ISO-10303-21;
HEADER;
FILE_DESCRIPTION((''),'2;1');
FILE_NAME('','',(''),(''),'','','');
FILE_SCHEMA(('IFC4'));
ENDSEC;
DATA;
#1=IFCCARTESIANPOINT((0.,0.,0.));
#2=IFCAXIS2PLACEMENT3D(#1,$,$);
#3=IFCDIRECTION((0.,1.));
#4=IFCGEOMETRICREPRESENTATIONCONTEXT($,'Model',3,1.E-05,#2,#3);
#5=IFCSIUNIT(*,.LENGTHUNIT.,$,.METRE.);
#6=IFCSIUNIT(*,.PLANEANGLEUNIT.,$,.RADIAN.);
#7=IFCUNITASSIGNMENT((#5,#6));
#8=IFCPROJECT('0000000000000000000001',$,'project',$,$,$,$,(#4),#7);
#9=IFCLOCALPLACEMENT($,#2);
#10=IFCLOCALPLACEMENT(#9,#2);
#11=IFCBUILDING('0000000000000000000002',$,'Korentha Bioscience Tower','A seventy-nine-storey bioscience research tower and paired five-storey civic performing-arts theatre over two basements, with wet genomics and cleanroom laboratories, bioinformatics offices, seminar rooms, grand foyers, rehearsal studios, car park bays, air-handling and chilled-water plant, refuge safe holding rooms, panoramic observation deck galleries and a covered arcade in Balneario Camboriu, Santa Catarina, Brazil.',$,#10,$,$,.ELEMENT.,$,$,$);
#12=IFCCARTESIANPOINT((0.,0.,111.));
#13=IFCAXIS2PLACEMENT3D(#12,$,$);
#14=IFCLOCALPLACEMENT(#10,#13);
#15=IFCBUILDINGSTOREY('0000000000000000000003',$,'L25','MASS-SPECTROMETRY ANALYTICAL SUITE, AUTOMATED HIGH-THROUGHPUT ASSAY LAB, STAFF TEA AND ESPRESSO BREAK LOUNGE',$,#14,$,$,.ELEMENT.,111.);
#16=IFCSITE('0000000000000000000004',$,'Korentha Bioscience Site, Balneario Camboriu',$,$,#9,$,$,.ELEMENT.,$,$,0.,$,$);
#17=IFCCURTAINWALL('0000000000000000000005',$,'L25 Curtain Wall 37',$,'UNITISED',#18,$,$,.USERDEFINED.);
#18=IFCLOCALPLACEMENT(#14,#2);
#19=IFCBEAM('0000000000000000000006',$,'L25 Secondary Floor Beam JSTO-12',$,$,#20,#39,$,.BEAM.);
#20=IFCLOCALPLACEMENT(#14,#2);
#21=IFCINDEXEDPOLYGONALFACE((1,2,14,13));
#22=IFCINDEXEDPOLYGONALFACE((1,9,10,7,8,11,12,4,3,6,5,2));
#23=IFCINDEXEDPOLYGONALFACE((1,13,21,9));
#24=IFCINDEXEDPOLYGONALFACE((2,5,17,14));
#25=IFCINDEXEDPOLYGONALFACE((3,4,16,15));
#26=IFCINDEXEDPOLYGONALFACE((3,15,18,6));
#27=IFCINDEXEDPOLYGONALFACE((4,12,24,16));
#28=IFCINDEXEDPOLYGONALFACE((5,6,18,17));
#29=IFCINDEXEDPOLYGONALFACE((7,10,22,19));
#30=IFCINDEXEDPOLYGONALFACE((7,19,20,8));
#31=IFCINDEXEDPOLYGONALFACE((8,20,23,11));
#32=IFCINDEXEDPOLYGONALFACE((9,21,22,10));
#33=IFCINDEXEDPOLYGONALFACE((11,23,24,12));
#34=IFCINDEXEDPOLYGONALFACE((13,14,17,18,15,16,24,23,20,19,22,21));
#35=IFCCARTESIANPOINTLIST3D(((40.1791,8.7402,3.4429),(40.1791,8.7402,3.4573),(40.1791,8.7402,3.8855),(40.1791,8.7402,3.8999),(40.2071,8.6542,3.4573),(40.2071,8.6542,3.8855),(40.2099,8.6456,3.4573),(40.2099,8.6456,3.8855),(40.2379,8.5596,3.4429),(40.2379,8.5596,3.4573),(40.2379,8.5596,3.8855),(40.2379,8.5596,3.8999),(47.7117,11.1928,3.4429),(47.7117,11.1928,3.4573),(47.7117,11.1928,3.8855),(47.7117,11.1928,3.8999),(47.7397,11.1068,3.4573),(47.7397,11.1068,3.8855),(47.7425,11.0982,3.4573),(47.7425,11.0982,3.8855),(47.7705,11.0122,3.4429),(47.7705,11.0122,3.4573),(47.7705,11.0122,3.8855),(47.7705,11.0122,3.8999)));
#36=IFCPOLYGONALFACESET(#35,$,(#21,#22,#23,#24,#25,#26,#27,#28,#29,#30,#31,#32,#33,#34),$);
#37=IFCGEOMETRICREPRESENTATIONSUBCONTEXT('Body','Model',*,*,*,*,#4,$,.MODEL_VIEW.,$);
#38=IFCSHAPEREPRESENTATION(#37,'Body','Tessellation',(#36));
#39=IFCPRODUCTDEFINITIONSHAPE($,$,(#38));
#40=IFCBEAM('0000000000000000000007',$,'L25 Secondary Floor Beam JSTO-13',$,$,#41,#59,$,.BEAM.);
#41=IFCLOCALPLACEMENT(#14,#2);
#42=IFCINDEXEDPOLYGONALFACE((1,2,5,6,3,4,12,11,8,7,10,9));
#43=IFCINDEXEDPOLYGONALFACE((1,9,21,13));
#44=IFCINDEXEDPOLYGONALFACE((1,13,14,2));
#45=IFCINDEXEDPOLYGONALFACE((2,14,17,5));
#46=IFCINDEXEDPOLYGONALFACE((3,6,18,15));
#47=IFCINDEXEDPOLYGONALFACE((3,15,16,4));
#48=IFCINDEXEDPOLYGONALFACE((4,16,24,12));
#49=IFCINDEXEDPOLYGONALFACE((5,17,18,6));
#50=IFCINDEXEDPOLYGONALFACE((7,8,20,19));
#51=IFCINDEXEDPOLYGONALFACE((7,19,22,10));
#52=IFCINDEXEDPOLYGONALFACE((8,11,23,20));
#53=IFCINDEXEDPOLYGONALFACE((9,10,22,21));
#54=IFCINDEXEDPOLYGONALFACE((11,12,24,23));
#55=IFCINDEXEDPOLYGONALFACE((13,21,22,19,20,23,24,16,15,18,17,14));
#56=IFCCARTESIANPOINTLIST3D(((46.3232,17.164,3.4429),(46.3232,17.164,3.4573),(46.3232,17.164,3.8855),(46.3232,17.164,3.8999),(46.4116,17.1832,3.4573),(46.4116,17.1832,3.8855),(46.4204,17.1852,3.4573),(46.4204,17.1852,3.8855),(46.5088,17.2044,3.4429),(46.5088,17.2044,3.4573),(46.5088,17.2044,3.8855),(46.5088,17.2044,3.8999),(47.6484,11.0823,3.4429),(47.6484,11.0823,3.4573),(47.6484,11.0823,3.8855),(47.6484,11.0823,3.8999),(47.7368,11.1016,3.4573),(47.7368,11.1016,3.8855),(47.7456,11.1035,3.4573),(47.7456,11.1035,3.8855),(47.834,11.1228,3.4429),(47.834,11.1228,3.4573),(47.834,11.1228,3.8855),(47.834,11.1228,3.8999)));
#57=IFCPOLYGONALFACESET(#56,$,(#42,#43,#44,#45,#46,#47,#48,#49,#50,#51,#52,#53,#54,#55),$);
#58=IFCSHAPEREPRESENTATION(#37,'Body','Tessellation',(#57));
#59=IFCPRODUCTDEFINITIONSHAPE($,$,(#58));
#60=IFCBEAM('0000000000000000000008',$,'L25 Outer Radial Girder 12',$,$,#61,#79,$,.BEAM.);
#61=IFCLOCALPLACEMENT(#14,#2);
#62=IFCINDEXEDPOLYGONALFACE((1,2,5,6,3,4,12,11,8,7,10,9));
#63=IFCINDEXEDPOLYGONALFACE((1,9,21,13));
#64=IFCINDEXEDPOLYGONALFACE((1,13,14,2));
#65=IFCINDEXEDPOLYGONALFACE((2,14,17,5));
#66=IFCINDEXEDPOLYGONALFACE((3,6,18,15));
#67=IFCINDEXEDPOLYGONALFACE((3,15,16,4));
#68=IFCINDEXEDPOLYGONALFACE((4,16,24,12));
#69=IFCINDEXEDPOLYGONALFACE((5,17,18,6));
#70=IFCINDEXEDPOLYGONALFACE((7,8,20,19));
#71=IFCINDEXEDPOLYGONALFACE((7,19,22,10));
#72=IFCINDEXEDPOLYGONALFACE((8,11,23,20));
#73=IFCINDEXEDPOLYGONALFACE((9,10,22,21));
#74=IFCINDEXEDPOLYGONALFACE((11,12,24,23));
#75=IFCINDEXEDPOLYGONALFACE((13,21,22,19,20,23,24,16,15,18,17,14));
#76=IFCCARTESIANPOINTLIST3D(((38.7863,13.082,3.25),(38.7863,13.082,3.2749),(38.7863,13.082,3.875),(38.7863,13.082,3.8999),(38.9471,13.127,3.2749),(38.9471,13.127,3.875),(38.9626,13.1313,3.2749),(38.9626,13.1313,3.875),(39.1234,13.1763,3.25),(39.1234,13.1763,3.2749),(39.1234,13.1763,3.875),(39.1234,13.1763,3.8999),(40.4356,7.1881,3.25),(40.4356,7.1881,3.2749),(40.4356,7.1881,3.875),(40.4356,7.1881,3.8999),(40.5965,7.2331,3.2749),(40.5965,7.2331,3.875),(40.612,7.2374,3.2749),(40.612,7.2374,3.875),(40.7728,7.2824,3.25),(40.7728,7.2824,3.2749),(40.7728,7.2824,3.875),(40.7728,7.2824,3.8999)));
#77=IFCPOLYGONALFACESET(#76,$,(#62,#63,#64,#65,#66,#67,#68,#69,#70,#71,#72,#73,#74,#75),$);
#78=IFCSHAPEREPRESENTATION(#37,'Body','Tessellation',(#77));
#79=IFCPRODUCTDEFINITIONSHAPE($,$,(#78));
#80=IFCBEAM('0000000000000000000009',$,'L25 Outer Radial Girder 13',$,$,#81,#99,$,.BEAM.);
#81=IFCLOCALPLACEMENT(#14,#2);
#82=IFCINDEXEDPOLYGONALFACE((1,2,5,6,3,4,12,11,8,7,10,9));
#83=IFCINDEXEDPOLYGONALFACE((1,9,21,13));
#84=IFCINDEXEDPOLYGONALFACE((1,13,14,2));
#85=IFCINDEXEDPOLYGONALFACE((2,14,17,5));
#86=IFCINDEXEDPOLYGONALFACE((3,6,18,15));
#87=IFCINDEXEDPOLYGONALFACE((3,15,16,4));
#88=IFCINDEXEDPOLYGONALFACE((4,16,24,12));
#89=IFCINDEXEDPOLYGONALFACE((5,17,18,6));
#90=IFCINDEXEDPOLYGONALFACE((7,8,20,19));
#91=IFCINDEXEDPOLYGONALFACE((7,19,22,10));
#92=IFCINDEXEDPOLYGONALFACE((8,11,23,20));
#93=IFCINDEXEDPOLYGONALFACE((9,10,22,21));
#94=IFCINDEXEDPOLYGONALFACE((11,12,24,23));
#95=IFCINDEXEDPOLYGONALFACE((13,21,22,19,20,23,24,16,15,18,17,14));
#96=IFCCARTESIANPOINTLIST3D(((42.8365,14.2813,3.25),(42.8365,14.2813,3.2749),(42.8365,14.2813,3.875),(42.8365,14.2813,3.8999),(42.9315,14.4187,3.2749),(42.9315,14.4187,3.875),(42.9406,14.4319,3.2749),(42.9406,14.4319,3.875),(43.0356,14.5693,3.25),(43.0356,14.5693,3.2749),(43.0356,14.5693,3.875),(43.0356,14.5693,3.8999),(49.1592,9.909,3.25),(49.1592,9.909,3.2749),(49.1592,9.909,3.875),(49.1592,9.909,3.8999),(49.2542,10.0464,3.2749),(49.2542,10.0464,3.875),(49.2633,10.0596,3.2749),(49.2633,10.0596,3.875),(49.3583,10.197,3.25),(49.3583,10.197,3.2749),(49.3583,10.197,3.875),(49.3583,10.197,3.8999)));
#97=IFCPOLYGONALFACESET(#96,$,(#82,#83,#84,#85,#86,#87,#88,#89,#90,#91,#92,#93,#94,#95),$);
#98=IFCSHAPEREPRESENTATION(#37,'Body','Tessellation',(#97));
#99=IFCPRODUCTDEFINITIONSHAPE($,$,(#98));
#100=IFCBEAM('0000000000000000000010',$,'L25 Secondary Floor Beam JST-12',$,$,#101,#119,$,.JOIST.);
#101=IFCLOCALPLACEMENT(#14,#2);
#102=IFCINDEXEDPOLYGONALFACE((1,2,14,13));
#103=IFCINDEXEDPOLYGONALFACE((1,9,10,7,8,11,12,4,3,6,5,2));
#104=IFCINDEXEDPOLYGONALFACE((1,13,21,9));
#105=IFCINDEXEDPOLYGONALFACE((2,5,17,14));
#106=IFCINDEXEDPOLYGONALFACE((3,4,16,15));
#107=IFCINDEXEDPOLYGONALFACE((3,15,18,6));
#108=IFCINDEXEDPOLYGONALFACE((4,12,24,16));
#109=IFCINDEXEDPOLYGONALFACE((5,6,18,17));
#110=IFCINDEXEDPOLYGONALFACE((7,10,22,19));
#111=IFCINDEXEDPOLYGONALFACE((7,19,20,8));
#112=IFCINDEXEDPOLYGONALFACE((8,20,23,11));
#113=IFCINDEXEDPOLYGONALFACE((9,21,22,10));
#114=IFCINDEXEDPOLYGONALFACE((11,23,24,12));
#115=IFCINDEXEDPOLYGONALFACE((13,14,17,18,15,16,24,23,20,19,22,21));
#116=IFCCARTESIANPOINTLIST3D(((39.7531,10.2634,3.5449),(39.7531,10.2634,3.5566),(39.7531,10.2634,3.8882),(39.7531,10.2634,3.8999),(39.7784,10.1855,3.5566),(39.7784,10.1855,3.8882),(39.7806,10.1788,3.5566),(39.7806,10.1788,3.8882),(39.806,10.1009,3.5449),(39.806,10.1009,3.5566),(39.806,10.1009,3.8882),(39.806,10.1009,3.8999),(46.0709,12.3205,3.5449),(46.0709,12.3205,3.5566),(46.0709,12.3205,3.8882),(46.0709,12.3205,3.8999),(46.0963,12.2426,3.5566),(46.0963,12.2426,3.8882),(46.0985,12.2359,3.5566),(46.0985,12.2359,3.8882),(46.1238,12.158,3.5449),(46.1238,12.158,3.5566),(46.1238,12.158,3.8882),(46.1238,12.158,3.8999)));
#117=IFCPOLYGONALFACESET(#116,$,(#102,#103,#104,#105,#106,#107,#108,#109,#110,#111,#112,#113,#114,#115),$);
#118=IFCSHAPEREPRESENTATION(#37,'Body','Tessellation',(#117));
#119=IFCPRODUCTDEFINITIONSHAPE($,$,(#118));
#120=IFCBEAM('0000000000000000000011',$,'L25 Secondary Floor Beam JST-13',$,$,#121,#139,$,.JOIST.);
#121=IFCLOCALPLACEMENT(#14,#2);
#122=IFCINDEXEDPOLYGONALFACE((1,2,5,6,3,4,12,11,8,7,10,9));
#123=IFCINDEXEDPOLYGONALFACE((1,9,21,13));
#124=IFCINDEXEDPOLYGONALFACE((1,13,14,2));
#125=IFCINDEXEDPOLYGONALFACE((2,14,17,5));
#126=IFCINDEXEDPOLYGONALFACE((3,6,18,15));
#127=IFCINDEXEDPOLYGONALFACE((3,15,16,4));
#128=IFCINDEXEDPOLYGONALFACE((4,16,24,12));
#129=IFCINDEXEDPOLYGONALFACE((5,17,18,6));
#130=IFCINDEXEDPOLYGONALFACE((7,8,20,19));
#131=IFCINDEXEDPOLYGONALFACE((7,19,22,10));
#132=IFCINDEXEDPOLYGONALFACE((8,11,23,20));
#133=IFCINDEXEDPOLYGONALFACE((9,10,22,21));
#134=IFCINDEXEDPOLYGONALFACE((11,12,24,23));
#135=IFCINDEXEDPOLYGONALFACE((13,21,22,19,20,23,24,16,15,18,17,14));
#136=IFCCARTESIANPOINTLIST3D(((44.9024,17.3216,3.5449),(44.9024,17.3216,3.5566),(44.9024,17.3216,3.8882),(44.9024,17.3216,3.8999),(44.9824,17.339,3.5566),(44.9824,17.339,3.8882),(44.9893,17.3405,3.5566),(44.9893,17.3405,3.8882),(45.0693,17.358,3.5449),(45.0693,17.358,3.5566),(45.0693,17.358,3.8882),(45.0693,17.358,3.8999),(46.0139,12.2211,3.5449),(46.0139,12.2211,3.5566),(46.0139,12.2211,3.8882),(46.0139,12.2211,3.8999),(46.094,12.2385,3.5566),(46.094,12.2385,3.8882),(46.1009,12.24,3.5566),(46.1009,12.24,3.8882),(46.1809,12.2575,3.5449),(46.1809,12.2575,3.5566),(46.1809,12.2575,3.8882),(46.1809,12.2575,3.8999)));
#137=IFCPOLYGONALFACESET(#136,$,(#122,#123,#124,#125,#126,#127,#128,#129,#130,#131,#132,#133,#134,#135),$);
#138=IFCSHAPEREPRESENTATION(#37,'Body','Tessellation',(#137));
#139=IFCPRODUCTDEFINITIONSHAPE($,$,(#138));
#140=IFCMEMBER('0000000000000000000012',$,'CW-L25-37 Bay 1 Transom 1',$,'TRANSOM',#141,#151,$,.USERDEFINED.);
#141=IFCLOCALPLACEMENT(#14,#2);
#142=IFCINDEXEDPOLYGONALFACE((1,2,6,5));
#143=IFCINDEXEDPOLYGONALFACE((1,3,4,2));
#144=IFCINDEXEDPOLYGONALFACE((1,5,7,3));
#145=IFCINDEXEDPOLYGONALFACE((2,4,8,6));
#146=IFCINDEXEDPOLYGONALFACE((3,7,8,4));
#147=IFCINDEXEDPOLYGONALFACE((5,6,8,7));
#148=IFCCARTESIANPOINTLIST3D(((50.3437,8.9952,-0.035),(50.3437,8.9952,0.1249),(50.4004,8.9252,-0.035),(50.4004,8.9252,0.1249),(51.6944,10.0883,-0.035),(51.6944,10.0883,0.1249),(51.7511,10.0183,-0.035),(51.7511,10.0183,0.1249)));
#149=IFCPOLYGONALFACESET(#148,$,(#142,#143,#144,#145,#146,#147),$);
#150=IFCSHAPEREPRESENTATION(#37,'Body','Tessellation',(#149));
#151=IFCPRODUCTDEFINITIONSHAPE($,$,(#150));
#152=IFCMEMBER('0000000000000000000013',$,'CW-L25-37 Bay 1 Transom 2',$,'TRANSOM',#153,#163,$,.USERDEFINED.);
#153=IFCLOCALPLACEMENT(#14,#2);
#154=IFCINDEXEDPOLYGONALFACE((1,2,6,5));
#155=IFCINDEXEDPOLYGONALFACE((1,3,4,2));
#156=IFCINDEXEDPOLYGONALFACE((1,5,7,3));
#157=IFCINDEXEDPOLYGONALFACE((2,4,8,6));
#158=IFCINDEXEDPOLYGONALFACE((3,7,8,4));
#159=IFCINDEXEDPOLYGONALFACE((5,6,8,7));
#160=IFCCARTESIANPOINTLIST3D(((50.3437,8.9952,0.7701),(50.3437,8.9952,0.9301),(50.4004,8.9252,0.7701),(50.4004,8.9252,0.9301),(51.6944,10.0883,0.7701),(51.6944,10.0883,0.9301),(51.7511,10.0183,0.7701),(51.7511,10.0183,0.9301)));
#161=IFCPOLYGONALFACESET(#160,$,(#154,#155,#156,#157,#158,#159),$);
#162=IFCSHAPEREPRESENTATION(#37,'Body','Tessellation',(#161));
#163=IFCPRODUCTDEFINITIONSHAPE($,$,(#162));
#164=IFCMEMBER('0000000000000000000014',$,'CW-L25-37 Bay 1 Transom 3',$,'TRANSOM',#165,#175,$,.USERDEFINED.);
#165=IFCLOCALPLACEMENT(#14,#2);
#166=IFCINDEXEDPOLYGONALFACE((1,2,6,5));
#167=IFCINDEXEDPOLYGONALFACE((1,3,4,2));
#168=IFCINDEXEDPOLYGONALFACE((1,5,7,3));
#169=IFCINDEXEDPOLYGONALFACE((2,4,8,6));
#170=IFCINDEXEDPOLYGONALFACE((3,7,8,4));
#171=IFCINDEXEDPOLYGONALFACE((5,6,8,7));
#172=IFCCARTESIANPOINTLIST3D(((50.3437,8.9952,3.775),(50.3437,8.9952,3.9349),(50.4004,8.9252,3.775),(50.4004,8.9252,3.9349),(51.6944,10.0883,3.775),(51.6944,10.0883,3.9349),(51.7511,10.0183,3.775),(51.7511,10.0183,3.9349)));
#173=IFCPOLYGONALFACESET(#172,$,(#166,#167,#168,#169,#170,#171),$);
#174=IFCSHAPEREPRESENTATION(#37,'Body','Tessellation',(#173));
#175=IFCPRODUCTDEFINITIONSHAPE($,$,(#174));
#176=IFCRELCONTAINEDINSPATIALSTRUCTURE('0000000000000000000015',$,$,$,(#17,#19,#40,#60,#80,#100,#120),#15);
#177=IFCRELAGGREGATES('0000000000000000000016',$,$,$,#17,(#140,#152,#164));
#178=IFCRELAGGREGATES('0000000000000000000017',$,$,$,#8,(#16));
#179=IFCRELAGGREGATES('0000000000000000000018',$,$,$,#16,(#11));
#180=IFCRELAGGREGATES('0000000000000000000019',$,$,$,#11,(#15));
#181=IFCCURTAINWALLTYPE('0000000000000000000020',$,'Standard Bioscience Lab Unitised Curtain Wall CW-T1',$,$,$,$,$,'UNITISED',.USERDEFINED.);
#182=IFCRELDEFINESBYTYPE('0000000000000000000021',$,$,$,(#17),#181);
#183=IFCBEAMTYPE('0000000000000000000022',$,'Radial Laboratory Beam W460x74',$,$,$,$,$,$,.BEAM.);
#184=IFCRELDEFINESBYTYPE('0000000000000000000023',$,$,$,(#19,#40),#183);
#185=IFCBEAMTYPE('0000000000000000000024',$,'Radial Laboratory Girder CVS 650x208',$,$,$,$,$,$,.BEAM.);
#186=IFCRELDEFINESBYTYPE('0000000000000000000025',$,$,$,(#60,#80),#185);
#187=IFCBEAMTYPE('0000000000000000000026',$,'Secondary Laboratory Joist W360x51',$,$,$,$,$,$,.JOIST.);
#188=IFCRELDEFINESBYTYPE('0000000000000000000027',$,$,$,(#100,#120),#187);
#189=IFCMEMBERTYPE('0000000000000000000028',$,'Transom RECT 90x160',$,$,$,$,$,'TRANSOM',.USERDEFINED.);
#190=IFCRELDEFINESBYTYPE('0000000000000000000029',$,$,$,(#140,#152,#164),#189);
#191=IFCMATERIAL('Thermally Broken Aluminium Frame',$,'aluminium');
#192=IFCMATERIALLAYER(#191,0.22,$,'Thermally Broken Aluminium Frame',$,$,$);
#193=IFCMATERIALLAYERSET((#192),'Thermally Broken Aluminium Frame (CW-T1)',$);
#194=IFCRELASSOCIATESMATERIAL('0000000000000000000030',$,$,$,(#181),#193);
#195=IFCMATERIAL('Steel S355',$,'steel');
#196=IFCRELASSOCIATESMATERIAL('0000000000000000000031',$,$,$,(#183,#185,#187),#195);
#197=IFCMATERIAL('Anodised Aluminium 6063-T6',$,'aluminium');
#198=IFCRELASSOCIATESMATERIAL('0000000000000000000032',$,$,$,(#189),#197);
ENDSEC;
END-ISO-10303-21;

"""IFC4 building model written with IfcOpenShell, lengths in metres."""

from ifc_helpers import new_model, si_unit, direction, frame, origin, origin_2d, place, context, subcontext, project, spatial, rectangle, i_section, extrude, material, layer, layer_set, material_profile, profile_set, type_object, element, aggregate, save


model = new_model("IFC4")

# Units and contexts
model_context = context("Model", 3, precision=1e-05, world=origin(), true_north=direction((0.0, 1.0)))
body_context = subcontext(model_context, "Body", "Model", "MODEL_VIEW")
ifc_project = project(units=[si_unit("LENGTHUNIT", "METRE"), si_unit("PLANEANGLEUNIT", "RADIAN")], contexts=[model_context])

# Site, building, storey
site_placement = place(None, origin())
site = spatial("IfcSite", under=ifc_project, at=site_placement, Name="Korentha Bioscience Site, Balneario Camboriu", CompositionType="ELEMENT", RefElevation=0.0)
building_placement = place(site_placement, origin())
building = spatial("IfcBuilding", under=site, at=building_placement, Name="Korentha Bioscience Tower", Description="A seventy-nine-storey bioscience research tower and paired five-storey civic performing-arts theatre over two basements, with wet genomics and cleanroom laboratories, bioinformatics offices, seminar rooms, grand foyers, rehearsal studios, car park bays, air-handling and chilled-water plant, refuge safe holding rooms, panoramic observation deck galleries and a covered arcade in Balneario Camboriu, Santa Catarina, Brazil.", CompositionType="ELEMENT")
storey_placement = place(building_placement, frame((0.0, 0.0, 111.0)))
storey = spatial("IfcBuildingStorey", under=building, at=storey_placement, Name="L25", Description="MASS-SPECTROMETRY ANALYTICAL SUITE, AUTOMATED HIGH-THROUGHPUT ASSAY LAB, STAFF TEA AND ESPRESSO BREAK LOUNGE", CompositionType="ELEMENT", Elevation=111.0)

# Shared definitions
ifc_material_1 = material(Name="Steel S355", Category="steel")

# Curtain wall
ifc_material_2 = material(Name="Thermally Broken Aluminium Frame", Category="aluminium")
ifc_layer_1 = layer(ifc_material_2, 0.22, Name="Thermally Broken Aluminium Frame")
ifc_layer_set_1 = layer_set([ifc_layer_1], Name="Thermally Broken Aluminium Frame (CW-T1)")
curtain_wall_type = type_object("IfcCurtainWallType", Name="Standard Bioscience Lab Unitised Curtain Wall CW-T1", ElementType="UNITISED", PredefinedType="USERDEFINED", material=ifc_layer_set_1)
curtain_wall_placement = place(storey_placement, origin())
curtain_wall = element("IfcCurtainWall", 1, at=curtain_wall_placement, inside=storey, type_object=curtain_wall_type, Name="L25 Curtain Wall 37", ObjectType="UNITISED", PredefinedType="USERDEFINED")
ifc_material_3 = material(Name="Anodised Aluminium 6063-T6", Category="aluminium")

# Beams
ifc_material_profile_1 = material_profile(ifc_material_1, i_section(OverallWidth=0.1899, OverallDepth=0.457, WebThickness=0.009, FlangeThickness=0.0144, at=origin_2d()), Name="Steel S355")
ifc_profile_set_1 = profile_set([ifc_material_profile_1], Name="Steel S355 (RB-460)")
beam_type_1 = type_object("IfcBeamType", Name="Radial Laboratory Beam W460x74", PredefinedType="BEAM", material=ifc_profile_set_1)
beam_1_placement = place(storey_placement, frame((40.2085, 8.6499, 3.6714), z_axis=(0.950867, 0.3096, 0.0), x_axis=(-0.3096, 0.950867, 0.0)))
element("IfcBeam", 2, at=beam_1_placement, inside=storey, type_object=beam_type_1, Name="L25 Secondary Floor Beam JSTO-12", PredefinedType="BEAM", context=body_context, shape_type="SweptSolid", body=[
    extrude(i_section(OverallWidth=0.1899, OverallDepth=0.457, WebThickness=0.009, FlangeThickness=0.0144, at=origin_2d()), origin(), (0.0, 0.0, 1.0), 7.9219),
])
beam_2_placement = place(storey_placement, frame((47.7412, 11.1025, 3.6714), z_axis=(-0.212908, 0.977072, 0.0), x_axis=(-0.977072, -0.212908, 0.0)))
element("IfcBeam", 3, at=beam_2_placement, inside=storey, type_object=beam_type_1, Name="L25 Secondary Floor Beam JSTO-13", PredefinedType="BEAM", context=body_context, shape_type="SweptSolid", body=[
    extrude(i_section(OverallWidth=0.1899, OverallDepth=0.457, WebThickness=0.009, FlangeThickness=0.0144, at=origin_2d()), origin(), (0.0, 0.0, 1.0), 6.2244),
])
ifc_material_profile_2 = material_profile(ifc_material_1, i_section(OverallWidth=0.3501, OverallDepth=0.6499, WebThickness=0.0161, FlangeThickness=0.0249, at=origin_2d()), Name="Steel S355")
ifc_profile_set_2 = profile_set([ifc_material_profile_2], Name="Steel S355 (RB-650)")
beam_type_2 = type_object("IfcBeamType", Name="Radial Laboratory Girder CVS 650x208", PredefinedType="BEAM", material=ifc_profile_set_2)
beam_3_placement = place(storey_placement, frame((38.9548, 13.1292, 3.575), z_axis=(0.269491, -0.963003, 0.0), x_axis=(0.963003, 0.269491, 0.0)))
element("IfcBeam", 4, at=beam_3_placement, inside=storey, type_object=beam_type_2, Name="L25 Outer Radial Girder 12", PredefinedType="BEAM", context=body_context, shape_type="SweptSolid", body=[
    extrude(i_section(OverallWidth=0.3501, OverallDepth=0.6499, WebThickness=0.0161, FlangeThickness=0.0249, at=origin_2d()), origin(), (0.0, 0.0, 1.0), 6.1204),
])
beam_4_placement = place(storey_placement, frame((42.936, 14.4253, 3.575), z_axis=(0.822495, -0.568772, 0.0), x_axis=(0.568772, 0.822495, 0.0)))
element("IfcBeam", 5, at=beam_4_placement, inside=storey, type_object=beam_type_2, Name="L25 Outer Radial Girder 13", PredefinedType="BEAM", context=body_context, shape_type="SweptSolid", body=[
    extrude(i_section(OverallWidth=0.3501, OverallDepth=0.6499, WebThickness=0.0161, FlangeThickness=0.0249, at=origin_2d()), origin(), (0.0, 0.0, 1.0), 7.6873),
])
ifc_material_profile_3 = material_profile(ifc_material_1, i_section(OverallWidth=0.1709, OverallDepth=0.355, WebThickness=0.0071, FlangeThickness=0.0117, at=origin_2d()), Name="Steel S355")
ifc_profile_set_3 = profile_set([ifc_material_profile_3], Name="Steel S355 (JB-360)")
beam_type_3 = type_object("IfcBeamType", Name="Secondary Laboratory Joist W360x51", PredefinedType="JOIST", material=ifc_profile_set_3)
beam_5_placement = place(storey_placement, frame((39.7795, 10.1821, 3.7224), z_axis=(0.950865, 0.309606, 0.0), x_axis=(-0.309606, 0.950865, 0.0)))
element("IfcBeam", 6, at=beam_5_placement, inside=storey, type_object=beam_type_3, Name="L25 Secondary Floor Beam JST-12", PredefinedType="JOIST", context=body_context, shape_type="SweptSolid", body=[
    extrude(i_section(OverallWidth=0.1709, OverallDepth=0.355, WebThickness=0.0071, FlangeThickness=0.0117, at=origin_2d()), origin(), (0.0, 0.0, 1.0), 6.6443),
])
beam_6_placement = place(storey_placement, frame((46.0974, 12.2393, 3.7224), z_axis=(-0.212932, 0.977067, 0.0), x_axis=(-0.977067, -0.212932, 0.0)))
element("IfcBeam", 7, at=beam_6_placement, inside=storey, type_object=beam_type_3, Name="L25 Secondary Floor Beam JST-13", PredefinedType="JOIST", context=body_context, shape_type="SweptSolid", body=[
    extrude(i_section(OverallWidth=0.1709, OverallDepth=0.355, WebThickness=0.0071, FlangeThickness=0.0117, at=origin_2d()), origin(), (0.0, 0.0, 1.0), 5.2202),
])

# Members
ifc_material_profile_4 = material_profile(ifc_material_3, rectangle(XDim=0.0901, YDim=0.1599, at=origin_2d()), Name="Anodised Aluminium 6063-T6")
ifc_profile_set_4 = profile_set([ifc_material_profile_4], Name="Anodised Aluminium 6063-T6 (CW-TRN)")
member_type_1 = type_object("IfcMemberType", Name="Transom RECT 90x160", ElementType="TRANSOM", PredefinedType="USERDEFINED", material=ifc_profile_set_4)
member_1_placement = place(storey_placement, frame((50.3721, 8.9602, 0.0449), z_axis=(0.777333, 0.629089, 0.0), x_axis=(-0.629089, 0.777333, 0.0)))
member_1 = element("IfcMember", 8, at=member_1_placement, type_object=member_type_1, Name="CW-L25-37 Bay 1 Transom 1", ObjectType="TRANSOM", PredefinedType="USERDEFINED", context=body_context, shape_type="SweptSolid", body=[
    extrude(rectangle(XDim=0.0901, YDim=0.1599, at=origin_2d()), origin(), (0.0, 0.0, 1.0), 1.7375),
])
member_2_placement = place(storey_placement, frame((50.3721, 8.9602, 0.8501), z_axis=(0.777333, 0.629089, 0.0), x_axis=(-0.629089, 0.777333, 0.0)))
member_2 = element("IfcMember", 9, at=member_2_placement, type_object=member_type_1, Name="CW-L25-37 Bay 1 Transom 2", ObjectType="TRANSOM", PredefinedType="USERDEFINED", context=body_context, shape_type="SweptSolid", body=[
    extrude(rectangle(XDim=0.0901, YDim=0.1599, at=origin_2d()), origin(), (0.0, 0.0, 1.0), 1.7375),
])
member_3_placement = place(storey_placement, frame((50.3721, 8.9602, 3.855), z_axis=(0.777333, 0.629089, 0.0), x_axis=(-0.629089, 0.777333, 0.0)))
member_3 = element("IfcMember", 10, at=member_3_placement, type_object=member_type_1, Name="CW-L25-37 Bay 1 Transom 3", ObjectType="TRANSOM", PredefinedType="USERDEFINED", context=body_context, shape_type="SweptSolid", body=[
    extrude(rectangle(XDim=0.0901, YDim=0.1599, at=origin_2d()), origin(), (0.0, 0.0, 1.0), 1.7375),
])

aggregate(curtain_wall, [member_1, member_2, member_3])

save(model, "model.ifc")
